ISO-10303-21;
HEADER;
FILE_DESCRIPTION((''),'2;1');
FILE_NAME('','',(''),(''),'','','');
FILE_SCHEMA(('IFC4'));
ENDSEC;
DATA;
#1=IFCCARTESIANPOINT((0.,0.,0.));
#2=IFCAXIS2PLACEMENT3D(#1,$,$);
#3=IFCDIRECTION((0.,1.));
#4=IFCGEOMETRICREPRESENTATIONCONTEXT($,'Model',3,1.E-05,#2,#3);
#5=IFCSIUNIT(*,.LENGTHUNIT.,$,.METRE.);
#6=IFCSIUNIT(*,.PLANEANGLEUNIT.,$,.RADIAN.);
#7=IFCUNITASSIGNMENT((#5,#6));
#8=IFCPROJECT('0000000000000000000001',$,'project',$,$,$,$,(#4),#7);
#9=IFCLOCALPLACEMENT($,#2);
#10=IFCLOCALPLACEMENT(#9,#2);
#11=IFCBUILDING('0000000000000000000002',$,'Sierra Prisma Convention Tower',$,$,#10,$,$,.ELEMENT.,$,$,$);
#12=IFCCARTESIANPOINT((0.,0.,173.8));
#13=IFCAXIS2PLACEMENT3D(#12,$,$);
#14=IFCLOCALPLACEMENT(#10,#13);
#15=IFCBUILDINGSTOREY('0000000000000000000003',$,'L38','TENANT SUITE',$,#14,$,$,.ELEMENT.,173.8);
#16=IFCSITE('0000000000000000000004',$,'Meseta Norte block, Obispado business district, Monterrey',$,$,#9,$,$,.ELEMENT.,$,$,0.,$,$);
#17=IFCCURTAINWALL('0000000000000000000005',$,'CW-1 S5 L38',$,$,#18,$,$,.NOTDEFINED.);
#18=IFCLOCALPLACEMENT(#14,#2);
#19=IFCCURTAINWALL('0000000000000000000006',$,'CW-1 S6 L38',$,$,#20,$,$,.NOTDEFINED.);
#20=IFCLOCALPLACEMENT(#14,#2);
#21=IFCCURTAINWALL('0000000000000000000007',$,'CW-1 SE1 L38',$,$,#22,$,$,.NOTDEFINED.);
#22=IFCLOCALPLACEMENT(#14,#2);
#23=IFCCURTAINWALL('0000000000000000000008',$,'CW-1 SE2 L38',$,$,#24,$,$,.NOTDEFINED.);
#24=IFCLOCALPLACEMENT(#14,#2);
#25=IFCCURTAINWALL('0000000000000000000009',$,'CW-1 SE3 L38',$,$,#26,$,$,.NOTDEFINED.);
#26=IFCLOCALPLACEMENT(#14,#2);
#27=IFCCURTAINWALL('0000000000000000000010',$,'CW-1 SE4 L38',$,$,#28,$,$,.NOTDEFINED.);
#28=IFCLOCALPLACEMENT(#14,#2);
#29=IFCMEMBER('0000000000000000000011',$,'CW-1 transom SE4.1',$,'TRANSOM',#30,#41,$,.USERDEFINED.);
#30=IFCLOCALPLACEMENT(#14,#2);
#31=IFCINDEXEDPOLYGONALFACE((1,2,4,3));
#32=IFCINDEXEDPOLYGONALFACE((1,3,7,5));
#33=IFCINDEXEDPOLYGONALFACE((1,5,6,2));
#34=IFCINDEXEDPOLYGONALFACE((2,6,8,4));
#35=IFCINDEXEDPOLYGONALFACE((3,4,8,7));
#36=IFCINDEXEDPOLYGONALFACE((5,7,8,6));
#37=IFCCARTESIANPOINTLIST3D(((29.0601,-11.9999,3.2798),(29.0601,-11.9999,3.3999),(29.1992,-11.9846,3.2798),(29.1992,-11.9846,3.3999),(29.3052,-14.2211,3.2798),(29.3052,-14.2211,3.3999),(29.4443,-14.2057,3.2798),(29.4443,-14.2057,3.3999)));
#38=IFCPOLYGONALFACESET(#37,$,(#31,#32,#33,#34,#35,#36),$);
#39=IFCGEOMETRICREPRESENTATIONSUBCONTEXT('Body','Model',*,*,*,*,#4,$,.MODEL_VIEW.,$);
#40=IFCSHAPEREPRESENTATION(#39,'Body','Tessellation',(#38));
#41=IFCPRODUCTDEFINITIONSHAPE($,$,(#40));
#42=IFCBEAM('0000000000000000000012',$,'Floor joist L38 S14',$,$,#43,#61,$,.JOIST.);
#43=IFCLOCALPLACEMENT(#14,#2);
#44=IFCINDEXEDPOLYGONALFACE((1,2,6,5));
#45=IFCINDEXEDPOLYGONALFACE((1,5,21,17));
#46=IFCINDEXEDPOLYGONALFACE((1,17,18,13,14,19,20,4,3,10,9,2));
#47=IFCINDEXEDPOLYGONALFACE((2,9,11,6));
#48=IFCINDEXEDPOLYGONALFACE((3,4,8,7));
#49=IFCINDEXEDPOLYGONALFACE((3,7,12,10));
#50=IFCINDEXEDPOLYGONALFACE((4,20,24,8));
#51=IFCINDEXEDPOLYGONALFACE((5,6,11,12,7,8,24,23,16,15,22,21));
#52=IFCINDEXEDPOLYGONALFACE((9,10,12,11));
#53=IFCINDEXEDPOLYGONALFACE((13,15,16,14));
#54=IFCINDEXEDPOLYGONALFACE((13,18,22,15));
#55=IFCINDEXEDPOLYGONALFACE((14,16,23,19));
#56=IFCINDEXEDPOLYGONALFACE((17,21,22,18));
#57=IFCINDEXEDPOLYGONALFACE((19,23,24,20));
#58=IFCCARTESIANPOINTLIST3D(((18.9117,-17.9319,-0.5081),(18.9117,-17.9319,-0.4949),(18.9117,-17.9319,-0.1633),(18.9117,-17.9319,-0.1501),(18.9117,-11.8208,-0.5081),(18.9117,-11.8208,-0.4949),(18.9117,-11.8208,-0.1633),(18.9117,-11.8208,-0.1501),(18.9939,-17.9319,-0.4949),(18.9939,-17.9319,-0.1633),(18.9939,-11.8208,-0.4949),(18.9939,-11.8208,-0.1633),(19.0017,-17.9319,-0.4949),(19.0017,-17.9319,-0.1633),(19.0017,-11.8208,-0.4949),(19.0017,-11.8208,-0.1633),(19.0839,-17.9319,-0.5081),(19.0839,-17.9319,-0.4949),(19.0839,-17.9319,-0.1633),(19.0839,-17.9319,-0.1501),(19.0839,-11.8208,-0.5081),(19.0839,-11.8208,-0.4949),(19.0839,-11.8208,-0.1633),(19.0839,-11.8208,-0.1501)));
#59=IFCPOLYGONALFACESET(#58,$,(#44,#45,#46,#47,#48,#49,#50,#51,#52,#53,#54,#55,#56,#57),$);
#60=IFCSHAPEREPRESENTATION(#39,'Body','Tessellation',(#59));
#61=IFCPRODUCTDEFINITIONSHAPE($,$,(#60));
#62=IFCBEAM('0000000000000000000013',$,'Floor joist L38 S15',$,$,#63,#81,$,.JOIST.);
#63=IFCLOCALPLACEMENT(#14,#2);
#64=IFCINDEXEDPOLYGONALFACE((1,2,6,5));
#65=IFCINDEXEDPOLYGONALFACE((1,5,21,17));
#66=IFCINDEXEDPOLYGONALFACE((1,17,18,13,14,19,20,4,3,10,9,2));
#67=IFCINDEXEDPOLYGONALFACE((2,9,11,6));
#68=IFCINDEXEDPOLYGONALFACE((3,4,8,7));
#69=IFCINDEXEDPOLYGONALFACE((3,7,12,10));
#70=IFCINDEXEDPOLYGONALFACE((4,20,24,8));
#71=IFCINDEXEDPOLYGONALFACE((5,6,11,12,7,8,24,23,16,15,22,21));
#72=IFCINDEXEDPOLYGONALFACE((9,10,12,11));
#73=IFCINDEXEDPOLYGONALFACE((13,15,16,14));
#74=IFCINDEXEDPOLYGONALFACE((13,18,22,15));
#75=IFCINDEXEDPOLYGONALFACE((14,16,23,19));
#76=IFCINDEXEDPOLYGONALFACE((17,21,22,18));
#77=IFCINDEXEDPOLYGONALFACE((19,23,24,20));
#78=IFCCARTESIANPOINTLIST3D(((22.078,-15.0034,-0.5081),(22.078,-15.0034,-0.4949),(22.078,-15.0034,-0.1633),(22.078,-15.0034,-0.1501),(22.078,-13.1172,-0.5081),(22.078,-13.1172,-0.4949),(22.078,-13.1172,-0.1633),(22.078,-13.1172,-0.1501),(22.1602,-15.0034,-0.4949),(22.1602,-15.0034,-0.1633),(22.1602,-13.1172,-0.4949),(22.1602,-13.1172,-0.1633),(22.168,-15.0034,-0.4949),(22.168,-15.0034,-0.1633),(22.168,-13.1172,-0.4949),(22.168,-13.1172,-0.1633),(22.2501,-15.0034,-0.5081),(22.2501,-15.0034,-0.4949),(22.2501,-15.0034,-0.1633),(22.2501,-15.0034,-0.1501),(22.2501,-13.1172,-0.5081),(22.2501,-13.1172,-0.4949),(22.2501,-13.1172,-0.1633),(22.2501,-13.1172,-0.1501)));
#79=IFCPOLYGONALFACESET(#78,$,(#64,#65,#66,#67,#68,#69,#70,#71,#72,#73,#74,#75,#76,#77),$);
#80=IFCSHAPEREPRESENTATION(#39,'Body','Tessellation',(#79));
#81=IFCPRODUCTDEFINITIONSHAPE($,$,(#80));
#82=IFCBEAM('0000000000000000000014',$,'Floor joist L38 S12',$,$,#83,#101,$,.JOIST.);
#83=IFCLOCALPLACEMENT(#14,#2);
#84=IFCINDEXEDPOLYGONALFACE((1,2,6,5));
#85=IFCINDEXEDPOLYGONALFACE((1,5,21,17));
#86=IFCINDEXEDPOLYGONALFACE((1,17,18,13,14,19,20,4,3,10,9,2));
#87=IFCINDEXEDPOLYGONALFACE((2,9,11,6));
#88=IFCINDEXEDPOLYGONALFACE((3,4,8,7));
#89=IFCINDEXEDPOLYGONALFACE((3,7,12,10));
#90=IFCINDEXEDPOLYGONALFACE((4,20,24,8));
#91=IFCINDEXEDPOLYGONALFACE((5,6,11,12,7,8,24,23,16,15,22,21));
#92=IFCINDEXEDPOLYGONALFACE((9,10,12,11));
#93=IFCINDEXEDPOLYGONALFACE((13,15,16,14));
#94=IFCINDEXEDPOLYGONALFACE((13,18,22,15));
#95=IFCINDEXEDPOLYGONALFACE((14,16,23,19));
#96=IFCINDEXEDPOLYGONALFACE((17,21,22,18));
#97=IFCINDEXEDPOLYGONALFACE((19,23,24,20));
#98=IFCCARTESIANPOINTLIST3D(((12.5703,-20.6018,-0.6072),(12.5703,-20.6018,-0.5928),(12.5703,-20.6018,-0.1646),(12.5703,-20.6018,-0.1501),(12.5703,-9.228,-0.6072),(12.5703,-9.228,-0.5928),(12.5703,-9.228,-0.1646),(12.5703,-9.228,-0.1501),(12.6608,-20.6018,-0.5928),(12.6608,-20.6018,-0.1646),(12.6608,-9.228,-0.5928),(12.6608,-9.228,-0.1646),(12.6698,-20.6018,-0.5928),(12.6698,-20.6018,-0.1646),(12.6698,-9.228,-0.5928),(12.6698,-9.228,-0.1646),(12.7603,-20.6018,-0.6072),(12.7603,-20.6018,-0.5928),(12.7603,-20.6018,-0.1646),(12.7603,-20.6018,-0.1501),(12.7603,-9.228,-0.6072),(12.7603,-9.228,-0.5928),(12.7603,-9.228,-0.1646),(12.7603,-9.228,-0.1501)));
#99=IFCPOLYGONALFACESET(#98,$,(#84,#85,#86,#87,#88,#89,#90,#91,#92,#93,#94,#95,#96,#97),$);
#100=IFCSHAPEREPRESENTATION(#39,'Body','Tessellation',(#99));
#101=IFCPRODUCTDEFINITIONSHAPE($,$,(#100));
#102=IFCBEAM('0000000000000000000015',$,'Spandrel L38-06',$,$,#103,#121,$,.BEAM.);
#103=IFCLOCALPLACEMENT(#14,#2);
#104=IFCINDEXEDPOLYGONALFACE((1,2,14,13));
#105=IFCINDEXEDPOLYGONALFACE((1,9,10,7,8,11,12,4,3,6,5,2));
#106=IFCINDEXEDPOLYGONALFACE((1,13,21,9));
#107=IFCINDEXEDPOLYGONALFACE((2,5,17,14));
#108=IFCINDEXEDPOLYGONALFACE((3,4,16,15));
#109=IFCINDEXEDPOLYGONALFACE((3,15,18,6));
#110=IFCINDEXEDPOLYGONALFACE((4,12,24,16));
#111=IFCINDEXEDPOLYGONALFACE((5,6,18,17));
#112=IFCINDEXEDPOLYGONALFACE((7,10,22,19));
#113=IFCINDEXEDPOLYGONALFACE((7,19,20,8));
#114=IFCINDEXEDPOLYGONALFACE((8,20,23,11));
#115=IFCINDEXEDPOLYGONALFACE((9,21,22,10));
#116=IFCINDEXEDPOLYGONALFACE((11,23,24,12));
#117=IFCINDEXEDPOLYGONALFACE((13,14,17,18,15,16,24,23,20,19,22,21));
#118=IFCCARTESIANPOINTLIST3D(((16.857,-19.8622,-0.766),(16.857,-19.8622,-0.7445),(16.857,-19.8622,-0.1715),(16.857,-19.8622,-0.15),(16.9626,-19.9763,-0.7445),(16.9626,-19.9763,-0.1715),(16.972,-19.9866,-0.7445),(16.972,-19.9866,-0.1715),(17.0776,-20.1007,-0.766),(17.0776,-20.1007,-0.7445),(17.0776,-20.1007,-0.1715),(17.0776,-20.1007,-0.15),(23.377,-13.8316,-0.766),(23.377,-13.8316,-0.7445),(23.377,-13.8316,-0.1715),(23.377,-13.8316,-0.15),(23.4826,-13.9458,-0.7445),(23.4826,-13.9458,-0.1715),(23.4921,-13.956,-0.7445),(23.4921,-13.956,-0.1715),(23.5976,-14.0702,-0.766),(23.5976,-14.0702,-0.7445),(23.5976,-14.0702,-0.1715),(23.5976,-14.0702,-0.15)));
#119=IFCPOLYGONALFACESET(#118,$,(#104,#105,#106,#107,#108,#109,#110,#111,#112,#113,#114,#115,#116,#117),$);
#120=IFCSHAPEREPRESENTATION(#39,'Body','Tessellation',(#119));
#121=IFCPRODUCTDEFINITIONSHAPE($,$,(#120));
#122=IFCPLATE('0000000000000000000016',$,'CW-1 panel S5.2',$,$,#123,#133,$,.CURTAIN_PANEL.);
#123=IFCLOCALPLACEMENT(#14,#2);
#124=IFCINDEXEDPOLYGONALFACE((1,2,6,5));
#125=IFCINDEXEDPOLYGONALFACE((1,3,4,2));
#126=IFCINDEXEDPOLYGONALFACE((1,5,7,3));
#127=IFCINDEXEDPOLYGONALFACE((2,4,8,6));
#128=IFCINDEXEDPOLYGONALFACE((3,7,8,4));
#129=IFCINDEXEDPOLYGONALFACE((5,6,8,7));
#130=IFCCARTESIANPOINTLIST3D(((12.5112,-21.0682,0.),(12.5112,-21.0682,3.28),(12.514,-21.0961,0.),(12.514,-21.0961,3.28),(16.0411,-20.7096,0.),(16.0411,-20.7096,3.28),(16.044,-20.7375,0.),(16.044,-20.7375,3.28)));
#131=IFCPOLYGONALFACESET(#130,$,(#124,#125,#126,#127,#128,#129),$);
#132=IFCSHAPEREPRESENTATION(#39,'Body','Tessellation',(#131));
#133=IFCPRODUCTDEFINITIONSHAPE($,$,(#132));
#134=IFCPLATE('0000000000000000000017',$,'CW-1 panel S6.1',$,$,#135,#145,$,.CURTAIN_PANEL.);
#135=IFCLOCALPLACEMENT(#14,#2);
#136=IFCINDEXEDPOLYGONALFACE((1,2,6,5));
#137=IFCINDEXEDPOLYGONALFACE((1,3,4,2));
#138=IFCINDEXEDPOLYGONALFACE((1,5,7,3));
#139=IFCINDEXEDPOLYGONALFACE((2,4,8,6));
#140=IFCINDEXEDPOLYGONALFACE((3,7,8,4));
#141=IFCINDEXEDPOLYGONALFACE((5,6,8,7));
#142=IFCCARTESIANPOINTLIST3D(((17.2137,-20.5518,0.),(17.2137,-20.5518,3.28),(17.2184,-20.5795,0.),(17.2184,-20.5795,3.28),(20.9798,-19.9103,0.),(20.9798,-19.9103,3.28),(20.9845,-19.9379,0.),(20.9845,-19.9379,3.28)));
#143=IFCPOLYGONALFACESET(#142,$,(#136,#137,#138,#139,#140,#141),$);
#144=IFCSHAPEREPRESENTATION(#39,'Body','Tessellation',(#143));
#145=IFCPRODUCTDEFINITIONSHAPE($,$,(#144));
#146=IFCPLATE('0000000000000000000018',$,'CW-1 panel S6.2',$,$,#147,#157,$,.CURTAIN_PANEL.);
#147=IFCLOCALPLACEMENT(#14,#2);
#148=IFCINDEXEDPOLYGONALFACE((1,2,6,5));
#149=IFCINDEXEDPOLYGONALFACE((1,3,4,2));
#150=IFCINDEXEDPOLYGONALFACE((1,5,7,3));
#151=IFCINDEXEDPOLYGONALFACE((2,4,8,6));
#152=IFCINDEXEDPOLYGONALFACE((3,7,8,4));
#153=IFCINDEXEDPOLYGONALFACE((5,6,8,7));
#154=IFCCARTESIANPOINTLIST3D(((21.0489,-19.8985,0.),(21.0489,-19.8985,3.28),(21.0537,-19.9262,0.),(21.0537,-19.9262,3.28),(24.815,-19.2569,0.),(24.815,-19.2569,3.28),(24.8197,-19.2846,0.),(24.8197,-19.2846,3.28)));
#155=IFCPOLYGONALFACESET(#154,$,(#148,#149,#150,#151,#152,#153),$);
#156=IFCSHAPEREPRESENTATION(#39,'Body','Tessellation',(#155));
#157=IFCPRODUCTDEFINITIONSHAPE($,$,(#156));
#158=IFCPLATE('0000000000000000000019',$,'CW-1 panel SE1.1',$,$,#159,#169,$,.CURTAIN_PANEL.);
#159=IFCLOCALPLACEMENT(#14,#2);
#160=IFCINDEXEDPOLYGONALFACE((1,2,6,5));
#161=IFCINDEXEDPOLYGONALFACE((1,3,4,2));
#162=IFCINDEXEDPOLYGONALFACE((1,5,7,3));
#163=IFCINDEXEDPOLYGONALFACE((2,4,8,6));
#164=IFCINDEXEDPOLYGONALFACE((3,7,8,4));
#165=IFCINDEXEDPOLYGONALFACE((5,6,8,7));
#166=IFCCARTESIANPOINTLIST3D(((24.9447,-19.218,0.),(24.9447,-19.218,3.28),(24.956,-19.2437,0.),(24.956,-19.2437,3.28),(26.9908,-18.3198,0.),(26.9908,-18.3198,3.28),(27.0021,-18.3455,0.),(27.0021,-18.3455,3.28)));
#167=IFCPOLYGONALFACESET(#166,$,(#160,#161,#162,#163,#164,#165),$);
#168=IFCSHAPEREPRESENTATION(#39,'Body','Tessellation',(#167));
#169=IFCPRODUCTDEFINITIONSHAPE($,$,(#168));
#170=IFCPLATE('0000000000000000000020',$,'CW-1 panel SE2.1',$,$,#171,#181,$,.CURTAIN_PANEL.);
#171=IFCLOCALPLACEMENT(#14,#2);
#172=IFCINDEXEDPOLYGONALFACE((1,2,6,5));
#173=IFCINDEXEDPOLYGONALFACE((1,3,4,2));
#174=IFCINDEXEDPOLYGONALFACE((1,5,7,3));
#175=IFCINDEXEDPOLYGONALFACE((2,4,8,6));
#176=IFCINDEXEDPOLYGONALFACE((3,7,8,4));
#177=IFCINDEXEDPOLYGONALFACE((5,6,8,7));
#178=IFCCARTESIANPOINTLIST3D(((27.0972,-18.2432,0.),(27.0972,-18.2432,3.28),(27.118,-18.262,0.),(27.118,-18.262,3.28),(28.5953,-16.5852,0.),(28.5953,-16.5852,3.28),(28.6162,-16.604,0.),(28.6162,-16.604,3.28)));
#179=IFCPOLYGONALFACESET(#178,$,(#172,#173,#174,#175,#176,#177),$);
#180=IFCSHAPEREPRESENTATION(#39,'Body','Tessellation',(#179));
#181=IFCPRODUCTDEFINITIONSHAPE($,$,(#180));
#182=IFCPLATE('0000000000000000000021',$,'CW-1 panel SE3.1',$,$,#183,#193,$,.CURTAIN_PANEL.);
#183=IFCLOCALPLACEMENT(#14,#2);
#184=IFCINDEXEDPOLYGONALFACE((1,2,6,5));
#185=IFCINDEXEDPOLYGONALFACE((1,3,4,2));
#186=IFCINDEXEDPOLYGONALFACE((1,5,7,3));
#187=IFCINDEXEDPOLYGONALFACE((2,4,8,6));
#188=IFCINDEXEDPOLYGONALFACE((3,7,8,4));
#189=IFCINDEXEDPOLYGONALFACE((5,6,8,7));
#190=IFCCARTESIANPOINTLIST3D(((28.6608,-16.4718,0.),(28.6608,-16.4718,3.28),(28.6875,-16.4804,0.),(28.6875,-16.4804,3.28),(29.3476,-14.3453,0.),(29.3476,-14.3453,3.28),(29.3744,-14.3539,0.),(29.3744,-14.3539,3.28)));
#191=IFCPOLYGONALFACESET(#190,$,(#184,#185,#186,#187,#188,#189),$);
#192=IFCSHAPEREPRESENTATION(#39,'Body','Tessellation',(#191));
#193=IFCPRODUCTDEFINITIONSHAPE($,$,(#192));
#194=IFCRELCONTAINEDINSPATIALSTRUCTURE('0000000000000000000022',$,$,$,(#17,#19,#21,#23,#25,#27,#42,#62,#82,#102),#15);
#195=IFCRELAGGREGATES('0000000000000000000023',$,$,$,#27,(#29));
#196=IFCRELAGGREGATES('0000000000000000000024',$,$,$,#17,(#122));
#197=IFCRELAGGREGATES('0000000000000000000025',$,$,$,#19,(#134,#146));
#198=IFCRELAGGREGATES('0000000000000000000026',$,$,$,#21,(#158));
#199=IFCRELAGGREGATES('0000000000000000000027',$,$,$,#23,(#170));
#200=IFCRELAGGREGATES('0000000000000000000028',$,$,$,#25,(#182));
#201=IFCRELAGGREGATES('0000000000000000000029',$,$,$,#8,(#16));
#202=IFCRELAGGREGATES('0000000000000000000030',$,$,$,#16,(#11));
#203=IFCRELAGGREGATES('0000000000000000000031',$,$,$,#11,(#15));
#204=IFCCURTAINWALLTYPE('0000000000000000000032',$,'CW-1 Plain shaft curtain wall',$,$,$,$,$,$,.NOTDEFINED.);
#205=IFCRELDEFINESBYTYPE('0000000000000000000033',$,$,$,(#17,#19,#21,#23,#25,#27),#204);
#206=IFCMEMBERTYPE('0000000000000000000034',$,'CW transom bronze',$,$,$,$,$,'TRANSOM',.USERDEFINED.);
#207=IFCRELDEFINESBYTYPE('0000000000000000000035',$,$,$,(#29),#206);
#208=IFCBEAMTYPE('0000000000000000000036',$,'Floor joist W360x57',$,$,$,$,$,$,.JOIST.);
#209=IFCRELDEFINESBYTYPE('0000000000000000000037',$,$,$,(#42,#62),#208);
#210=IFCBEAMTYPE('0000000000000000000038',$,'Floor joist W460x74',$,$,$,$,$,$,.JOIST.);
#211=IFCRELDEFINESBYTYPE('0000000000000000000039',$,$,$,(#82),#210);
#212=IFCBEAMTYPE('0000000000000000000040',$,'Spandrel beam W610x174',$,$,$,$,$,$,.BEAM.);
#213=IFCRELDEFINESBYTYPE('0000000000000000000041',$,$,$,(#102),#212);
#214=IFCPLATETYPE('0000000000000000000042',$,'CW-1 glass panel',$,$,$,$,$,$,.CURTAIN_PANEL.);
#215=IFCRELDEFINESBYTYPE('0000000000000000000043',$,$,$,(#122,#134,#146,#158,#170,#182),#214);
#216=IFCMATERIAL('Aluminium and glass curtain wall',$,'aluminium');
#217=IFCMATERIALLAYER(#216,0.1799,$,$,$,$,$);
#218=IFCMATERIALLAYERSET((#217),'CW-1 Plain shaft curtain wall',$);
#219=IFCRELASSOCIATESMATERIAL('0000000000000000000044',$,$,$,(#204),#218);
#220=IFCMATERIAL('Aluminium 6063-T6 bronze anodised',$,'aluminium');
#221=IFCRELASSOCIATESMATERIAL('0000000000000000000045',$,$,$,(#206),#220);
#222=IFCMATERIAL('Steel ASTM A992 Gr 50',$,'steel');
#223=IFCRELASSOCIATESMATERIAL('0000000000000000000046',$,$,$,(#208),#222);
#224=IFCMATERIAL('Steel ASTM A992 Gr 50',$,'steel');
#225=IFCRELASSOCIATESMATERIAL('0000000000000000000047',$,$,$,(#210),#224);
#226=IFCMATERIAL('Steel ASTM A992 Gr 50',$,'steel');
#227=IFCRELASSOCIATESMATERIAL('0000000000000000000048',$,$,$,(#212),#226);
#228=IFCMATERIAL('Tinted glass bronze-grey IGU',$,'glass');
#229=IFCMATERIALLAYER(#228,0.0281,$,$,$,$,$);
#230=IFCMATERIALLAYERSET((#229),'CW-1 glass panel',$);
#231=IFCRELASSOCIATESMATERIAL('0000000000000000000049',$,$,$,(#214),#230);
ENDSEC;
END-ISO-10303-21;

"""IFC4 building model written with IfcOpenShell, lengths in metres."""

from ifc_helpers import new_model, si_unit, direction, frame, origin, origin_2d, place, context, subcontext, project, spatial, rectangle, i_section, extrude, material, layer, layer_set, material_profile, profile_set, type_object, element, aggregate, save


model = new_model("IFC4")

# Units and contexts
model_context = context("Model", 3, precision=1e-05, world=origin(), true_north=direction((0.0, 1.0)))
body_context = subcontext(model_context, "Body", "Model", "MODEL_VIEW")
ifc_project = project(units=[si_unit("LENGTHUNIT", "METRE"), si_unit("PLANEANGLEUNIT", "RADIAN")], contexts=[model_context])

# Site, building, storey
site_placement = place(None, origin())
site = spatial("IfcSite", under=ifc_project, at=site_placement, Name="Meseta Norte block, Obispado business district, Monterrey", CompositionType="ELEMENT", RefElevation=0.0)
building_placement = place(site_placement, origin())
building = spatial("IfcBuilding", under=site, at=building_placement, Name="Sierra Prisma Convention Tower", CompositionType="ELEMENT")
storey_placement = place(building_placement, frame((0.0, 0.0, 173.8)))
storey = spatial("IfcBuildingStorey", under=building, at=storey_placement, Name="L38", Description="TENANT SUITE", CompositionType="ELEMENT", Elevation=173.8)

# Curtain wall
ifc_material_1 = material(Name="Aluminium and glass curtain wall", Category="aluminium")
ifc_layer_1 = layer(ifc_material_1, 0.1799)
ifc_layer_set_1 = layer_set([ifc_layer_1], Name="CW-1 Plain shaft curtain wall")
curtain_wall_type = type_object("IfcCurtainWallType", Name="CW-1 Plain shaft curtain wall", PredefinedType="NOTDEFINED", material=ifc_layer_set_1)
curtain_wall_1_placement = place(storey_placement, origin())
curtain_wall_1 = element("IfcCurtainWall", 1, at=curtain_wall_1_placement, inside=storey, type_object=curtain_wall_type, Name="CW-1 S5 L38", PredefinedType="NOTDEFINED")

# Curtain walls
curtain_wall_2_placement = place(storey_placement, origin())
curtain_wall_2 = element("IfcCurtainWall", 2, at=curtain_wall_2_placement, inside=storey, type_object=curtain_wall_type, Name="CW-1 S6 L38", PredefinedType="NOTDEFINED")
curtain_wall_3_placement = place(storey_placement, origin())
curtain_wall_3 = element("IfcCurtainWall", 3, at=curtain_wall_3_placement, inside=storey, type_object=curtain_wall_type, Name="CW-1 SE1 L38", PredefinedType="NOTDEFINED")
curtain_wall_4_placement = place(storey_placement, origin())
curtain_wall_4 = element("IfcCurtainWall", 4, at=curtain_wall_4_placement, inside=storey, type_object=curtain_wall_type, Name="CW-1 SE2 L38", PredefinedType="NOTDEFINED")
curtain_wall_5_placement = place(storey_placement, origin())
curtain_wall_5 = element("IfcCurtainWall", 5, at=curtain_wall_5_placement, inside=storey, type_object=curtain_wall_type, Name="CW-1 SE3 L38", PredefinedType="NOTDEFINED")
curtain_wall_6_placement = place(storey_placement, origin())
curtain_wall_6 = element("IfcCurtainWall", 6, at=curtain_wall_6_placement, inside=storey, type_object=curtain_wall_type, Name="CW-1 SE4 L38", PredefinedType="NOTDEFINED")

# Member
ifc_material_2 = material(Name="Aluminium 6063-T6 bronze anodised", Category="aluminium")
ifc_material_profile_1 = material_profile(ifc_material_2, rectangle(XDim=0.1399, YDim=0.1201, at=origin_2d()), Name="ALU TRANSOM 120x140")
ifc_profile_set_1 = profile_set([ifc_material_profile_1], Name="Aluminium 6063-T6 bronze anodised")
member_type_1 = type_object("IfcMemberType", Name="CW transom bronze", ElementType="TRANSOM", PredefinedType="USERDEFINED", material=ifc_profile_set_1)
member_1_placement = place(storey_placement, frame((29.3748, -14.2134, 3.3398), z_axis=(-0.109688, 0.993966, 0.0), x_axis=(-0.993966, -0.109688, 0.0)))
member_1 = element("IfcMember", 7, at=member_1_placement, type_object=member_type_1, Name="CW-1 transom SE4.1", ObjectType="TRANSOM", PredefinedType="USERDEFINED", context=body_context, shape_type="SweptSolid", body=[
    extrude(rectangle(XDim=0.1399, YDim=0.1201, at=origin_2d()), origin(), (0.0, 0.0, 1.0), 2.2346),
])
aggregate(curtain_wall_6, [member_1])

# Beams
ifc_material_3 = material(Name="Steel ASTM A992 Gr 50", Category="steel")
ifc_material_profile_2 = material_profile(ifc_material_3, i_section(OverallWidth=0.1721, OverallDepth=0.3579, WebThickness=0.0078, FlangeThickness=0.0132, at=origin_2d()), Name="W360x57")
ifc_profile_set_2 = profile_set([ifc_material_profile_2], Name="Steel ASTM A992 Gr 50")
beam_type_1 = type_object("IfcBeamType", Name="Floor joist W360x57", PredefinedType="JOIST", material=ifc_profile_set_2)
beam_1_placement = place(storey_placement, frame((18.9978, -17.9319, -0.3291), z_axis=(0.0, 1.0, 0.0), x_axis=(-1.0, 0.0, 0.0)))
element("IfcBeam", 8, at=beam_1_placement, inside=storey, type_object=beam_type_1, Name="Floor joist L38 S14", PredefinedType="JOIST", context=body_context, shape_type="SweptSolid", body=[
    extrude(i_section(OverallWidth=0.1721, OverallDepth=0.3579, WebThickness=0.0078, FlangeThickness=0.0132, at=origin_2d()), origin(), (0.0, 0.0, 1.0), 6.1111),
])
beam_2_placement = place(storey_placement, frame((22.1641, -15.0034, -0.3291), z_axis=(0.0, 1.0, 0.0), x_axis=(-1.0, 0.0, 0.0)))
element("IfcBeam", 9, at=beam_2_placement, inside=storey, type_object=beam_type_1, Name="Floor joist L38 S15", PredefinedType="JOIST", context=body_context, shape_type="SweptSolid", body=[
    extrude(i_section(OverallWidth=0.1721, OverallDepth=0.3579, WebThickness=0.0078, FlangeThickness=0.0132, at=origin_2d()), origin(), (0.0, 0.0, 1.0), 1.8862),
])
ifc_material_4 = material(Name="Steel ASTM A992 Gr 50", Category="steel")
ifc_material_profile_3 = material_profile(ifc_material_4, i_section(OverallWidth=0.1899, OverallDepth=0.457, WebThickness=0.009, FlangeThickness=0.0144, at=origin_2d()), Name="W460x74")
ifc_profile_set_3 = profile_set([ifc_material_profile_3], Name="Steel ASTM A992 Gr 50")
beam_type_2 = type_object("IfcBeamType", Name="Floor joist W460x74", PredefinedType="JOIST", material=ifc_profile_set_3)
beam_3_placement = place(storey_placement, frame((12.6653, -20.6018, -0.3787), z_axis=(0.0, 1.0, 0.0), x_axis=(-1.0, 0.0, 0.0)))
element("IfcBeam", 10, at=beam_3_placement, inside=storey, type_object=beam_type_2, Name="Floor joist L38 S12", PredefinedType="JOIST", context=body_context, shape_type="SweptSolid", body=[
    extrude(i_section(OverallWidth=0.1899, OverallDepth=0.457, WebThickness=0.009, FlangeThickness=0.0144, at=origin_2d()), origin(), (0.0, 0.0, 1.0), 11.3738),
])
ifc_material_5 = material(Name="Steel ASTM A992 Gr 50", Category="steel")
ifc_material_profile_4 = material_profile(ifc_material_5, i_section(OverallWidth=0.325, OverallDepth=0.616, WebThickness=0.0139, FlangeThickness=0.0215, at=origin_2d()), Name="W610x174")
ifc_profile_set_4 = profile_set([ifc_material_profile_4], Name="Steel ASTM A992 Gr 50")
beam_type_3 = type_object("IfcBeamType", Name="Spandrel beam W610x174", PredefinedType="BEAM", material=ifc_profile_set_4)
beam_4_placement = place(storey_placement, frame((16.9673, -19.9814, -0.458), z_axis=(0.734128, 0.679012, 0.0), x_axis=(-0.679012, 0.734128, 0.0)))
element("IfcBeam", 11, at=beam_4_placement, inside=storey, type_object=beam_type_3, Name="Spandrel L38-06", PredefinedType="BEAM", context=body_context, shape_type="SweptSolid", body=[
    extrude(i_section(OverallWidth=0.325, OverallDepth=0.616, WebThickness=0.0139, FlangeThickness=0.0215, at=origin_2d()), origin(), (0.0, 0.0, 1.0), 8.8813),
])

# Plates
ifc_material_6 = material(Name="Tinted glass bronze-grey IGU", Category="glass")
ifc_layer_2 = layer(ifc_material_6, 0.0281)
ifc_layer_set_2 = layer_set([ifc_layer_2], Name="CW-1 glass panel")
plate_type = type_object("IfcPlateType", Name="CW-1 glass panel", PredefinedType="CURTAIN_PANEL", material=ifc_layer_set_2)
plate_1_placement = place(storey_placement, frame((14.2776, -20.9028, 0.0), z_axis=(0.0, 0.0, 1.0), x_axis=(0.99488, 0.101067, 0.0)))
plate_1 = element("IfcPlate", 12, at=plate_1_placement, type_object=plate_type, Name="CW-1 panel S5.2", PredefinedType="CURTAIN_PANEL", context=body_context, shape_type="SweptSolid", body=[
    extrude(rectangle(XDim=3.5481, YDim=0.0281, at=origin_2d()), origin(), (0.0, 0.0, 1.0), 3.28),
])
aggregate(curtain_wall_1, [plate_1])
plate_2_placement = place(storey_placement, frame((19.0991, -20.2449, 0.0), z_axis=(0.0, 0.0, 1.0), x_axis=(0.985798, 0.167933, 0.0)))
plate_2 = element("IfcPlate", 13, at=plate_2_placement, type_object=plate_type, Name="CW-1 panel S6.1", PredefinedType="CURTAIN_PANEL", context=body_context, shape_type="SweptSolid", body=[
    extrude(rectangle(XDim=3.8203, YDim=0.0281, at=origin_2d()), origin(), (0.0, 0.0, 1.0), 3.28),
])
plate_3_placement = place(storey_placement, frame((22.9343, -19.5916, 0.0), z_axis=(0.0, 0.0, 1.0), x_axis=(0.985798, 0.167933, 0.0)))
plate_3 = element("IfcPlate", 14, at=plate_3_placement, type_object=plate_type, Name="CW-1 panel S6.2", PredefinedType="CURTAIN_PANEL", context=body_context, shape_type="SweptSolid", body=[
    extrude(rectangle(XDim=3.8203, YDim=0.0281, at=origin_2d()), origin(), (0.0, 0.0, 1.0), 3.28),
])
aggregate(curtain_wall_2, [plate_2, plate_3])
plate_4_placement = place(storey_placement, frame((25.9734, -18.7817, 0.0), z_axis=(0.0, 0.0, 1.0), x_axis=(0.915656, 0.401962, 0.0)))
plate_4 = element("IfcPlate", 15, at=plate_4_placement, type_object=plate_type, Name="CW-1 panel SE1.1", PredefinedType="CURTAIN_PANEL", context=body_context, shape_type="SweptSolid", body=[
    extrude(rectangle(XDim=2.2346, YDim=0.0281, at=origin_2d()), origin(), (0.0, 0.0, 1.0), 3.28),
])
aggregate(curtain_wall_3, [plate_4])
plate_5_placement = place(storey_placement, frame((27.8567, -17.4236, 0.0), z_axis=(0.0, 0.0, 1.0), x_axis=(0.670423, 0.741979, 0.0)))
plate_5 = element("IfcPlate", 16, at=plate_5_placement, type_object=plate_type, Name="CW-1 panel SE2.1", PredefinedType="CURTAIN_PANEL", context=body_context, shape_type="SweptSolid", body=[
    extrude(rectangle(XDim=2.2346, YDim=0.0281, at=origin_2d()), origin(), (0.0, 0.0, 1.0), 3.28),
])
aggregate(curtain_wall_4, [plate_5])
plate_6_placement = place(storey_placement, frame((29.0176, -15.4128, 0.0), z_axis=(0.0, 0.0, 1.0), x_axis=(0.307362, 0.951593, 0.0)))
plate_6 = element("IfcPlate", 17, at=plate_6_placement, type_object=plate_type, Name="CW-1 panel SE3.1", PredefinedType="CURTAIN_PANEL", context=body_context, shape_type="SweptSolid", body=[
    extrude(rectangle(XDim=2.2346, YDim=0.0281, at=origin_2d()), origin(), (0.0, 0.0, 1.0), 3.28),
])
aggregate(curtain_wall_5, [plate_6])

save(model, "model.ifc")
